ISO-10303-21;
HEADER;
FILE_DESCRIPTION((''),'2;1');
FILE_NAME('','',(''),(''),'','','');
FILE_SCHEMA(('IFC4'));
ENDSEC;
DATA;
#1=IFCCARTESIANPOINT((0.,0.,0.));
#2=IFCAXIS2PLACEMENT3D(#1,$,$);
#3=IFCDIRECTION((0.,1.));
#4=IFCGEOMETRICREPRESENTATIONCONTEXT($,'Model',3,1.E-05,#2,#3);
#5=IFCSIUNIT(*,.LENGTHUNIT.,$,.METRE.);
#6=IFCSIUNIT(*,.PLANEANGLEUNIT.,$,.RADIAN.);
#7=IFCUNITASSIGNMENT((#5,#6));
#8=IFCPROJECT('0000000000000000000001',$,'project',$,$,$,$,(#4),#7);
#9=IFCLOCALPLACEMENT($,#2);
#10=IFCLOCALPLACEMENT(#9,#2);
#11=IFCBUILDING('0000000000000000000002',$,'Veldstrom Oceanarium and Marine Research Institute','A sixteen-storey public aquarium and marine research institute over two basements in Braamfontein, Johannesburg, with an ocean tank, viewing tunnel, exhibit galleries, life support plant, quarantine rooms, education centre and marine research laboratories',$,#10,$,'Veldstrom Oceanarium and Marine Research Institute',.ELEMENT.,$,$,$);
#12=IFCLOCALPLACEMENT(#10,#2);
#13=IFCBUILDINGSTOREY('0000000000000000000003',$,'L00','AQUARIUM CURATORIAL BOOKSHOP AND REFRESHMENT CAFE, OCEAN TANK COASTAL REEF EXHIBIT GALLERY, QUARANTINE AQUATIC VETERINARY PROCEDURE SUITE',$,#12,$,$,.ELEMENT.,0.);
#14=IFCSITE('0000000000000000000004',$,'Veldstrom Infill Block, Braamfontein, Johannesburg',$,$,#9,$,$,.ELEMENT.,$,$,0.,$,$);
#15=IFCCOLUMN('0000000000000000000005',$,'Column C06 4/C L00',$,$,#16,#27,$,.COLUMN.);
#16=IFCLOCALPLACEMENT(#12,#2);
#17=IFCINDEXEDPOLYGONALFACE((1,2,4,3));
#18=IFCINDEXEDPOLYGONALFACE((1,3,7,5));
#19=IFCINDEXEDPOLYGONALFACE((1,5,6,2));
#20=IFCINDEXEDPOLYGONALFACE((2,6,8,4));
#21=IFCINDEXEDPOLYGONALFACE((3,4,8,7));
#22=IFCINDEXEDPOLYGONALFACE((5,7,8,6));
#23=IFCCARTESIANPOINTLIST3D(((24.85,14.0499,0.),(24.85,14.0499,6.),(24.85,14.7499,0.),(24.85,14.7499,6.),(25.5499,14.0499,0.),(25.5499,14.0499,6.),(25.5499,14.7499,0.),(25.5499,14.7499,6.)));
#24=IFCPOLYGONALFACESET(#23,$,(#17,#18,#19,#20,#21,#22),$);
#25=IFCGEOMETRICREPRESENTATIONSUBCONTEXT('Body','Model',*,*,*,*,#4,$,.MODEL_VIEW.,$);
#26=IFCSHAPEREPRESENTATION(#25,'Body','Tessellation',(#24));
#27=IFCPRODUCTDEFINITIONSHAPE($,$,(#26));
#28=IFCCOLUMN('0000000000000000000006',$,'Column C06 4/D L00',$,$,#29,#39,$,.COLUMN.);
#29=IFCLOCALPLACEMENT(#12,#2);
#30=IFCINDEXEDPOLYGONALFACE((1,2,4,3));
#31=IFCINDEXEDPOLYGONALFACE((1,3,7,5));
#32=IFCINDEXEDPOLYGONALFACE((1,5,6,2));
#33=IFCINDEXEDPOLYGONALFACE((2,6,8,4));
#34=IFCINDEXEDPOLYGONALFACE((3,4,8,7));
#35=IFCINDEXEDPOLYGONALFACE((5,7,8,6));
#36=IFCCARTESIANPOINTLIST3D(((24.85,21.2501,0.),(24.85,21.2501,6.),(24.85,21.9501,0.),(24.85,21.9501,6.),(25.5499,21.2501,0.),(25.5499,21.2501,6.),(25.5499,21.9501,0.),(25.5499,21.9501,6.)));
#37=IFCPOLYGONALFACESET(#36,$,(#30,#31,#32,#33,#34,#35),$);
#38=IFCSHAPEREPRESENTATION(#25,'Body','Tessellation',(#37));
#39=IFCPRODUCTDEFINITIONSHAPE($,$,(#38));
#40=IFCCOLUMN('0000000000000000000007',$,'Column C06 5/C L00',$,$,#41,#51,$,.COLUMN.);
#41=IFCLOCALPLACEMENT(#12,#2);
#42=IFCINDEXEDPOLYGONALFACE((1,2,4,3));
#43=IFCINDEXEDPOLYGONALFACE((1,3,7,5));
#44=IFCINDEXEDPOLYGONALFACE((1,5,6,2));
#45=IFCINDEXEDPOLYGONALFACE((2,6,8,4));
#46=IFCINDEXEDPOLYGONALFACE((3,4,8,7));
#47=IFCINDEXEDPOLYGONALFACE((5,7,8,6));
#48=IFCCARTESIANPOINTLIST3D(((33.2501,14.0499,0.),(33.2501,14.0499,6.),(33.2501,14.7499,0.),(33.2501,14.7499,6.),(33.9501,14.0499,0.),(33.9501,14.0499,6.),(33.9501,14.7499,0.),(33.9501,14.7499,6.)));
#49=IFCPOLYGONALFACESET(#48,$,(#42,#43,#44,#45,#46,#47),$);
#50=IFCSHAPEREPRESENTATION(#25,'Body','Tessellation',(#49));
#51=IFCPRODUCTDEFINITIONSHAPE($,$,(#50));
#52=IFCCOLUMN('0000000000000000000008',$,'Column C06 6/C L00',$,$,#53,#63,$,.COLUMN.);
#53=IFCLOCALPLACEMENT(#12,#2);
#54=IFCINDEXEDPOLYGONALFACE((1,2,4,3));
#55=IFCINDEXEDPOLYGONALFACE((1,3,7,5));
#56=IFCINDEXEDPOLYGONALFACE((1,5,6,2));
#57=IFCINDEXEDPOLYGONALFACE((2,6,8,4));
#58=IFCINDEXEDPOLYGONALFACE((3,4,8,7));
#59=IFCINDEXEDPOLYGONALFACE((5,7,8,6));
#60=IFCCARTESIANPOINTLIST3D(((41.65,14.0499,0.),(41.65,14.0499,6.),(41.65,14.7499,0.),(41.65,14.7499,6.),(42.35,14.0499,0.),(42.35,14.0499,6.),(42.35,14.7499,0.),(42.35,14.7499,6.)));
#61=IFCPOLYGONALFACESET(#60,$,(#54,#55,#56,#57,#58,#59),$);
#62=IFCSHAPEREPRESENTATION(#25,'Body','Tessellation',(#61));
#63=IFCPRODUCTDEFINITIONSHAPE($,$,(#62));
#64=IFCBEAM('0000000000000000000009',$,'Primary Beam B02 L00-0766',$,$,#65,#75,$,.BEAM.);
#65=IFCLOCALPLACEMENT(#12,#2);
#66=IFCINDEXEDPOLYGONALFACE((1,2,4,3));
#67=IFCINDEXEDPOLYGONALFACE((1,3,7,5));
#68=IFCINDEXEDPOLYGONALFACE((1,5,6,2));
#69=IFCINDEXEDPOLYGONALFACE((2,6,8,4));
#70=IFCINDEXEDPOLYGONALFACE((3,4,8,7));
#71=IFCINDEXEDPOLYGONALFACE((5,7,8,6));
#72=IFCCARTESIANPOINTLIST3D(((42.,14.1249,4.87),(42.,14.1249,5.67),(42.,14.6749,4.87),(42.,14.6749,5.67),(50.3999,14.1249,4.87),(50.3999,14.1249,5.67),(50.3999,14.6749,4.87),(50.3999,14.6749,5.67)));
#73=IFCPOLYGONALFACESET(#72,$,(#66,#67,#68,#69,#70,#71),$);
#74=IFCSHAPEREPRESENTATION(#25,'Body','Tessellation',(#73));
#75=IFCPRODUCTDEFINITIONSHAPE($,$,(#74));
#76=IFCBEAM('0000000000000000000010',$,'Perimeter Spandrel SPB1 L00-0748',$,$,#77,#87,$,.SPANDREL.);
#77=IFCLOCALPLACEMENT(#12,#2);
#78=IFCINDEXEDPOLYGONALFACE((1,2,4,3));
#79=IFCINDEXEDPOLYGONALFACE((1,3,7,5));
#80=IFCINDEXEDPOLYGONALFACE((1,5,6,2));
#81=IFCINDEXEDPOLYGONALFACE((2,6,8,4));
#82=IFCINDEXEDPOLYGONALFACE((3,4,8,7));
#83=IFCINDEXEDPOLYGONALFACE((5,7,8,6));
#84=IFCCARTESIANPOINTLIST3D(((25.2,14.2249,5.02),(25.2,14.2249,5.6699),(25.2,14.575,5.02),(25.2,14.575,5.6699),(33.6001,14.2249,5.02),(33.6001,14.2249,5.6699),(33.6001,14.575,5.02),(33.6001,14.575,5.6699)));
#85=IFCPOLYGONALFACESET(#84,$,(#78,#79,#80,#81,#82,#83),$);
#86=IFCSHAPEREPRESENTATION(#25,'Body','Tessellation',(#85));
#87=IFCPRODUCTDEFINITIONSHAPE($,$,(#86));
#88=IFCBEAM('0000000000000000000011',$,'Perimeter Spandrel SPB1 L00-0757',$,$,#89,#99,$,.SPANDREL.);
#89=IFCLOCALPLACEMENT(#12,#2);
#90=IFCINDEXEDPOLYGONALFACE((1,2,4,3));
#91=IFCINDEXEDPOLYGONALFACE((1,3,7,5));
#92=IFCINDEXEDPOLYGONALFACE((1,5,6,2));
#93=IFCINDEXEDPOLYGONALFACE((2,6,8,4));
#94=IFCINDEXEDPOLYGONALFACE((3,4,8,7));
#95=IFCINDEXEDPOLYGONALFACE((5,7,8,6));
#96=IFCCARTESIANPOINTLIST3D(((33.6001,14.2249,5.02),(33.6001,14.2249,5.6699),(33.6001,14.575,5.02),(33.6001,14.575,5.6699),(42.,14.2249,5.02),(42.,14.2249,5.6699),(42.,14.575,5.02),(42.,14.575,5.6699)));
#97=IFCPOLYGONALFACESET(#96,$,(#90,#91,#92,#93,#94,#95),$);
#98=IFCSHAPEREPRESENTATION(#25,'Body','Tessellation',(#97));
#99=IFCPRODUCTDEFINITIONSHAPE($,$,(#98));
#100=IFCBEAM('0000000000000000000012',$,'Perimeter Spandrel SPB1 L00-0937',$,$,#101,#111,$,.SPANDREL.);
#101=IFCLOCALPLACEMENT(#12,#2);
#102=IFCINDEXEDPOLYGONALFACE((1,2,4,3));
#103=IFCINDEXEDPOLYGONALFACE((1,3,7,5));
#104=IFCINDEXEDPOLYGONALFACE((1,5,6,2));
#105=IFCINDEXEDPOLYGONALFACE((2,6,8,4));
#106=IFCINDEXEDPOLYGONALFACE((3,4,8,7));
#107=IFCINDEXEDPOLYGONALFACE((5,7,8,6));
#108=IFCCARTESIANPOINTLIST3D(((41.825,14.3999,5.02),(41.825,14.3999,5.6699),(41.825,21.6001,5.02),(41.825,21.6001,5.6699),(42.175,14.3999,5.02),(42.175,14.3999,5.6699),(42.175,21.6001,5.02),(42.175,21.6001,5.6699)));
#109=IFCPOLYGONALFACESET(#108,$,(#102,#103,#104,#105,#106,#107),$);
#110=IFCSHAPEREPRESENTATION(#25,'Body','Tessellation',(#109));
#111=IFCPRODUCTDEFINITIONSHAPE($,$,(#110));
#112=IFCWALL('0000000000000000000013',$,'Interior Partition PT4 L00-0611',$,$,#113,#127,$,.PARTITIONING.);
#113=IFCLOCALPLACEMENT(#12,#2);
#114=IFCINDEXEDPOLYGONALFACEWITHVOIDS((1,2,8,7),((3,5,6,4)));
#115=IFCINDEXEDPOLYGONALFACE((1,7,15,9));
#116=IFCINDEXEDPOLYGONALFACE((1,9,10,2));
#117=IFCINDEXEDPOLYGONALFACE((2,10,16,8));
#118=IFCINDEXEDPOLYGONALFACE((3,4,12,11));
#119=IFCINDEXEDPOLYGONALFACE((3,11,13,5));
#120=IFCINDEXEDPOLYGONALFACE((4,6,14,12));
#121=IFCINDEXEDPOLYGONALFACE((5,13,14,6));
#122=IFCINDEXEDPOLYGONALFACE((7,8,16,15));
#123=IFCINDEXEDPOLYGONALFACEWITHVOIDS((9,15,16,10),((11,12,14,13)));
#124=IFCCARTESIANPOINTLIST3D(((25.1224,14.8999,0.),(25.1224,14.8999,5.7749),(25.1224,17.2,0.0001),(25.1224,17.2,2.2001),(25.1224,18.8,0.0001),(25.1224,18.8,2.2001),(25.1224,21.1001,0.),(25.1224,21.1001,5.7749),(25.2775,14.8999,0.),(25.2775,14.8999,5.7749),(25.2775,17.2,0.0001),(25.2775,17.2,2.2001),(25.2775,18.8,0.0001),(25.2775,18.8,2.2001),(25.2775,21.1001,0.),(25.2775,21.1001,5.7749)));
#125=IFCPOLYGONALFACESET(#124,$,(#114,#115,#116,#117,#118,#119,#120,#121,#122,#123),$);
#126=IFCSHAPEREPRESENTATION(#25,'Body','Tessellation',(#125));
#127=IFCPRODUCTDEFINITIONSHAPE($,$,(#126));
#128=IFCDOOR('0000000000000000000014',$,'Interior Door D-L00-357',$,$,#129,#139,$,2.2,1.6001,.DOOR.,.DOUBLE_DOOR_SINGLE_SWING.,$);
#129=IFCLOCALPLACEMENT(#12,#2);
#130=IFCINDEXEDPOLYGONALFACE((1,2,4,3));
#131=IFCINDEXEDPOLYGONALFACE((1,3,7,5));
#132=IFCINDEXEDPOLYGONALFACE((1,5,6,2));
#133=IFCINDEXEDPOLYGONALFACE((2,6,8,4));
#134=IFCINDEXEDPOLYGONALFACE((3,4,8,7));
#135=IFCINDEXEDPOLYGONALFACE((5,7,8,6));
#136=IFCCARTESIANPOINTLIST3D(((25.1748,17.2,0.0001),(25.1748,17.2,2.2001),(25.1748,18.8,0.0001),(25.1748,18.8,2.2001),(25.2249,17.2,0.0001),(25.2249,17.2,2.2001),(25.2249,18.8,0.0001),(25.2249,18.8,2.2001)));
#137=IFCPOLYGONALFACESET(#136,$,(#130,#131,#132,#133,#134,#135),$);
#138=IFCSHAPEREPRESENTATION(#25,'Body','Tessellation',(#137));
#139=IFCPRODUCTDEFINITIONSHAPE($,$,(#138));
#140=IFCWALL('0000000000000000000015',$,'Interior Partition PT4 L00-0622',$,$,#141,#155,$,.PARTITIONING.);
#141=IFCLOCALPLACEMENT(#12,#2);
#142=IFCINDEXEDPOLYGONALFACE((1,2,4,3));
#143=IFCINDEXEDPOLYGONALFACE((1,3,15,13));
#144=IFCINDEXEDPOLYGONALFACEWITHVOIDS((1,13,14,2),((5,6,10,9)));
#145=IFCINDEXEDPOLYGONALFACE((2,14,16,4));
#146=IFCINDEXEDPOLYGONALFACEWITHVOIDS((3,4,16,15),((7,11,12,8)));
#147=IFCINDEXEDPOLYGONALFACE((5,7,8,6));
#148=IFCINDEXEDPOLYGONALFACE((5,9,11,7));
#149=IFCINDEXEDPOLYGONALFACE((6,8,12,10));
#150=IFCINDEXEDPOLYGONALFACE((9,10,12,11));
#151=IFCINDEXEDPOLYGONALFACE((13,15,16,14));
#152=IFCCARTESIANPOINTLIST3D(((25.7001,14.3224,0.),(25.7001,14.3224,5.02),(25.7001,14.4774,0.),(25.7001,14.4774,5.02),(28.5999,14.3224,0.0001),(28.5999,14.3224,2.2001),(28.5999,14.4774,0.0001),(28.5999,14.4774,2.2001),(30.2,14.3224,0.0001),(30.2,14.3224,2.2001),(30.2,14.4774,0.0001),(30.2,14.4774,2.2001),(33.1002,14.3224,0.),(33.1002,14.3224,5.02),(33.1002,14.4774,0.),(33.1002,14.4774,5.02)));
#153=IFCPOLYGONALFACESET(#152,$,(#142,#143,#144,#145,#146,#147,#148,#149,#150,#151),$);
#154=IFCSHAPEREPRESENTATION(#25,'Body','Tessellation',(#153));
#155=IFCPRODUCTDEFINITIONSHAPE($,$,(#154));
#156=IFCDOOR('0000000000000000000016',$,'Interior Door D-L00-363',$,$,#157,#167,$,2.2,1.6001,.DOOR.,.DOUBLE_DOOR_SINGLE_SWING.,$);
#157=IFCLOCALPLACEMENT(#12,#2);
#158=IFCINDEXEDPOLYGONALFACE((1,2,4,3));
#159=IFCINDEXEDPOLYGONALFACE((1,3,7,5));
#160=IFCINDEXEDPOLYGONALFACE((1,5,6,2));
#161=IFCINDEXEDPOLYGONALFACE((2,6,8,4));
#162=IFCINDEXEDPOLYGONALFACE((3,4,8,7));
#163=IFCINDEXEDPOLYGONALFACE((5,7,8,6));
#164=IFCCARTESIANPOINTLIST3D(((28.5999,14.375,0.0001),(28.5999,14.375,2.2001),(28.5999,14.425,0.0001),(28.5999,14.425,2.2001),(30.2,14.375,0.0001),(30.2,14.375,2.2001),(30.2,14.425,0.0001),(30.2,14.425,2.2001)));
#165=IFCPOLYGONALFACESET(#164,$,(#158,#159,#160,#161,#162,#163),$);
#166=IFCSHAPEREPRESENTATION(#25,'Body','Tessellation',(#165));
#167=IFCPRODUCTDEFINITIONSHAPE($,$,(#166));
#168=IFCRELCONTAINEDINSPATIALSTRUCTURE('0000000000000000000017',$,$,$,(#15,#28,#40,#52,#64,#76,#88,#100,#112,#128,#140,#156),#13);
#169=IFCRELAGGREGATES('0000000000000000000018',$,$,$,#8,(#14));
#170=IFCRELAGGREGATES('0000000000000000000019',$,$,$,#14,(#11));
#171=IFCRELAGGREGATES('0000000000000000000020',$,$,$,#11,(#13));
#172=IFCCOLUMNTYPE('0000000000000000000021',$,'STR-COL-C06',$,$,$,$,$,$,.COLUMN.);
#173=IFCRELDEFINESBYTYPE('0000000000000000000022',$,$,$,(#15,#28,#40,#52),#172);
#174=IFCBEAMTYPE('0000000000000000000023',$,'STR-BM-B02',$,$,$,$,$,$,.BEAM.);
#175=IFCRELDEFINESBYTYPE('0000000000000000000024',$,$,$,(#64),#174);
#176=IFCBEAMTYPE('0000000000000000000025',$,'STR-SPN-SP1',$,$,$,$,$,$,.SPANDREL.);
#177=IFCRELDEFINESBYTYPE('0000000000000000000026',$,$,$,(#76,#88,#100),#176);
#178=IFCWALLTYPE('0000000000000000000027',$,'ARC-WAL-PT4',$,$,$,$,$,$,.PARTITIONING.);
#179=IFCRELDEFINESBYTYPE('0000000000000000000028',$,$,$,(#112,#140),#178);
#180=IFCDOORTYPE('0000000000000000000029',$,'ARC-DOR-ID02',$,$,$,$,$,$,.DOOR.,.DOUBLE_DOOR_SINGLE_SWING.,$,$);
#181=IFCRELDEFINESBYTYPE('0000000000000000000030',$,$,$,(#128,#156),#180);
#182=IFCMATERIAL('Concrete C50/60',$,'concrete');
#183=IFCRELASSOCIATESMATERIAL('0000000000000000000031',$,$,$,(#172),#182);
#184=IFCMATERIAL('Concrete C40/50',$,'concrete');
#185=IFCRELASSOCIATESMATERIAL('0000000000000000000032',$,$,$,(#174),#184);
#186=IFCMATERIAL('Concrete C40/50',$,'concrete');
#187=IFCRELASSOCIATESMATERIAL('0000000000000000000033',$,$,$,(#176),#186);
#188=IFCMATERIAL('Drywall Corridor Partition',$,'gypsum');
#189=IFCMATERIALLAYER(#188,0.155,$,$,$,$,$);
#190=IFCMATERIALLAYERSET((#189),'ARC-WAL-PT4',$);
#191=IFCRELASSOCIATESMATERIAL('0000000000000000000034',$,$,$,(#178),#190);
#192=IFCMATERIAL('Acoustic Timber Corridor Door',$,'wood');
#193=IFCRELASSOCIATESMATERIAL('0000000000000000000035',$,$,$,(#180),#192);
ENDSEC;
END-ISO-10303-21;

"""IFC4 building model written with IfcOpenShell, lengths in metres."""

from ifc_helpers import new_model, si_unit, direction, frame, frame_2d, origin, origin_2d, place, context, subcontext, project, spatial, rectangle, extrude, material, layer, layer_set, material_profile, profile_set, type_object, element, fill, save


model = new_model("IFC4")

# Units and contexts
model_context = context("Model", 3, precision=1e-05, world=origin(), true_north=direction((0.0, 1.0)))
body_context = subcontext(model_context, "Body", "Model", "MODEL_VIEW")
ifc_project = project(units=[si_unit("LENGTHUNIT", "METRE"), si_unit("PLANEANGLEUNIT", "RADIAN")], contexts=[model_context])

# Site, building, storey
site_placement = place(None, origin())
site = spatial("IfcSite", under=ifc_project, at=site_placement, Name="Veldstrom Infill Block, Braamfontein, Johannesburg", CompositionType="ELEMENT", RefElevation=0.0)
building_placement = place(site_placement, origin())
building = spatial("IfcBuilding", under=site, at=building_placement, Name="Veldstrom Oceanarium and Marine Research Institute", Description="A sixteen-storey public aquarium and marine research institute over two basements in Braamfontein, Johannesburg, with an ocean tank, viewing tunnel, exhibit galleries, life support plant, quarantine rooms, education centre and marine research laboratories", LongName="Veldstrom Oceanarium and Marine Research Institute", CompositionType="ELEMENT")
storey_placement = place(building_placement, origin())
storey = spatial("IfcBuildingStorey", under=building, at=storey_placement, Name="L00", Description="AQUARIUM CURATORIAL BOOKSHOP AND REFRESHMENT CAFE, OCEAN TANK COASTAL REEF EXHIBIT GALLERY, QUARANTINE AQUATIC VETERINARY PROCEDURE SUITE", CompositionType="ELEMENT", Elevation=0.0)

# Columns
ifc_material_1 = material(Name="Concrete C50/60", Category="concrete")
ifc_material_profile_1 = material_profile(ifc_material_1, rectangle(XDim=0.7, YDim=0.7, at=origin_2d()), Name="RC-COL-700x700")
ifc_profile_set_1 = profile_set([ifc_material_profile_1], Name="Concrete C50/60")
column_type = type_object("IfcColumnType", Name="STR-COL-C06", PredefinedType="COLUMN", material=ifc_profile_set_1)
for number, where, z_axis, x_axis, name in (
    (1, (25.2, 14.3999, 0.0), (0.0, 0.0, 1.0), (1.0, 0.0, 0.0), "Column C06 4/C L00"),
    (2, (25.2, 21.6001, 0.0), (0.0, 0.0, 1.0), (1.0, 0.0, 0.0), "Column C06 4/D L00"),
    (3, (33.6001, 14.3999, 0.0), (0.0, 0.0, 1.0), (1.0, 0.0, 0.0), "Column C06 5/C L00"),
    (4, (42.0, 14.3999, 0.0), (0.0, 0.0, 1.0), (1.0, 0.0, 0.0), "Column C06 6/C L00"),
):
    element("IfcColumn", number, at=place(storey_placement, frame(where, z_axis=z_axis, x_axis=x_axis)), inside=storey, type_object=column_type, Name=name, PredefinedType="COLUMN", context=body_context, shape_type="SweptSolid", body=[
        extrude(rectangle(XDim=0.7, YDim=0.7, at=origin_2d()), origin(), (0.0, 0.0, 1.0), 6.0),
    ])

# Beams
ifc_material_2 = material(Name="Concrete C40/50", Category="concrete")
ifc_material_profile_2 = material_profile(ifc_material_2, rectangle(XDim=0.55, YDim=0.8, at=origin_2d()), Name="RC-BM-550x800")
ifc_profile_set_2 = profile_set([ifc_material_profile_2], Name="Concrete C40/50")
beam_type_1 = type_object("IfcBeamType", Name="STR-BM-B02", PredefinedType="BEAM", material=ifc_profile_set_2)
beam_1_placement = place(storey_placement, frame((42.0, 14.3999, 5.27), z_axis=(1.0, 0.0, 0.0), x_axis=(0.0, 1.0, 0.0)))
element("IfcBeam", 5, at=beam_1_placement, inside=storey, type_object=beam_type_1, Name="Primary Beam B02 L00-0766", PredefinedType="BEAM", context=body_context, shape_type="SweptSolid", body=[
    extrude(rectangle(XDim=0.55, YDim=0.8, at=origin_2d()), origin(), (0.0, 0.0, 1.0), 8.3999),
])
ifc_material_3 = material(Name="Concrete C40/50", Category="concrete")
ifc_material_profile_3 = material_profile(ifc_material_3, rectangle(XDim=0.3501, YDim=0.6499, at=origin_2d()), Name="RC-SPN-350x650")
ifc_profile_set_3 = profile_set([ifc_material_profile_3], Name="Concrete C40/50")
beam_type_2 = type_object("IfcBeamType", Name="STR-SPN-SP1", PredefinedType="SPANDREL", material=ifc_profile_set_3)
beam_2_placement = place(storey_placement, frame((25.2, 14.3999, 5.345), z_axis=(1.0, 0.0, 0.0), x_axis=(0.0, 1.0, 0.0)))
element("IfcBeam", 6, at=beam_2_placement, inside=storey, type_object=beam_type_2, Name="Perimeter Spandrel SPB1 L00-0748", PredefinedType="SPANDREL", context=body_context, shape_type="SweptSolid", body=[
    extrude(rectangle(XDim=0.3501, YDim=0.6499, at=origin_2d()), origin(), (0.0, 0.0, 1.0), 8.4001),
])
beam_3_placement = place(storey_placement, frame((33.6001, 14.3999, 5.345), z_axis=(1.0, 0.0, 0.0), x_axis=(0.0, 1.0, 0.0)))
element("IfcBeam", 7, at=beam_3_placement, inside=storey, type_object=beam_type_2, Name="Perimeter Spandrel SPB1 L00-0757", PredefinedType="SPANDREL", context=body_context, shape_type="SweptSolid", body=[
    extrude(rectangle(XDim=0.3501, YDim=0.6499, at=origin_2d()), origin(), (0.0, 0.0, 1.0), 8.3999),
])
beam_4_placement = place(storey_placement, frame((42.0, 14.3999, 5.345), z_axis=(0.0, 1.0, 0.0), x_axis=(-1.0, 0.0, 0.0)))
element("IfcBeam", 8, at=beam_4_placement, inside=storey, type_object=beam_type_2, Name="Perimeter Spandrel SPB1 L00-0937", PredefinedType="SPANDREL", context=body_context, shape_type="SweptSolid", body=[
    extrude(rectangle(XDim=0.3501, YDim=0.6499, at=origin_2d()), origin(), (0.0, 0.0, 1.0), 7.2002),
])

# Walls, openings, doors
ifc_material_4 = material(Name="Drywall Corridor Partition", Category="gypsum")
ifc_layer_1 = layer(ifc_material_4, 0.155)
ifc_layer_set_1 = layer_set([ifc_layer_1], Name="ARC-WAL-PT4")
wall_type_1 = type_object("IfcWallType", Name="ARC-WAL-PT4", PredefinedType="PARTITIONING", material=ifc_layer_set_1)
wall_1_placement = place(storey_placement, frame((25.2, 14.8999, 0.0), z_axis=(0.0, 0.0, 1.0), x_axis=(0.0, 1.0, 0.0)))
wall_1 = element("IfcWall", 9, at=wall_1_placement, inside=storey, type_object=wall_type_1, Name="Interior Partition PT4 L00-0611", PredefinedType="PARTITIONING", context=body_context, shape_type="SweptSolid", body=[
    extrude(rectangle(XDim=6.2002, YDim=0.155, at=frame_2d((3.1001, 0.0))), origin(), (0.0, 0.0, 1.0), 5.7749),
])
opening_1_placement = place(wall_1_placement, frame((2.3, 0.0, 0.0)))
opening_1 = element("IfcOpeningElement", 10, at=opening_1_placement, cuts=wall_1, PredefinedType="OPENING", context=body_context, shape_type="SweptSolid", body=[
    extrude(rectangle(XDim=1.6001, YDim=2.2, at=frame_2d((0.8, 1.1001))), frame((0.0, 0.0874, 0.0), z_axis=(0.0, -1.0, 0.0), x_axis=(1.0, 0.0, 0.0)), (0.0, 0.0, 1.0), 0.175),
])
ifc_material_5 = material(Name="Acoustic Timber Corridor Door", Category="wood")
door_type_1 = type_object("IfcDoorType", Name="ARC-DOR-ID02", OperationType="DOUBLE_DOOR_SINGLE_SWING", PredefinedType="DOOR", material=ifc_material_5)
door_1_placement = place(opening_1_placement, frame((1.6001, 0.0, 0.0), z_axis=(0.0, 0.0, 1.0), x_axis=(-1.0, 0.0, 0.0)))
door_1 = element("IfcDoor", 11, at=door_1_placement, inside=storey, type_object=door_type_1, Name="Interior Door D-L00-357", OperationType="DOUBLE_DOOR_SINGLE_SWING", OverallHeight=2.2, OverallWidth=1.6001, PredefinedType="DOOR", context=body_context, shape_type="SweptSolid", body=[
    extrude(rectangle(XDim=1.6001, YDim=2.2, at=frame_2d((0.8, 1.1001))), frame((0.0, 0.0249, 0.0), z_axis=(0.0, -1.0, 0.0), x_axis=(1.0, 0.0, 0.0)), (0.0, 0.0, 1.0), 0.05),
])
fill(opening_1, door_1)
wall_2_placement = place(storey_placement, frame((25.7, 14.3999, 0.0), z_axis=(0.0, 0.0, 1.0), x_axis=(1.0, 0.0, 0.0)))
wall_2 = element("IfcWall", 12, at=wall_2_placement, inside=storey, type_object=wall_type_1, Name="Interior Partition PT4 L00-0622", PredefinedType="PARTITIONING", context=body_context, shape_type="SweptSolid", body=[
    extrude(rectangle(XDim=7.4001, YDim=0.155, at=frame_2d((3.7002, 0.0))), origin(), (0.0, 0.0, 1.0), 5.02),
])
opening_2_placement = place(wall_2_placement, frame((2.8999, 0.0, 0.0)))
opening_2 = element("IfcOpeningElement", 13, at=opening_2_placement, cuts=wall_2, PredefinedType="OPENING", context=body_context, shape_type="SweptSolid", body=[
    extrude(rectangle(XDim=1.6001, YDim=2.2, at=frame_2d((0.8, 1.1001))), frame((0.0, 0.0874, 0.0), z_axis=(0.0, -1.0, 0.0), x_axis=(1.0, 0.0, 0.0)), (0.0, 0.0, 1.0), 0.175),
])
door_2_placement = place(opening_2_placement, frame((1.6001, 0.0, 0.0), z_axis=(0.0, 0.0, 1.0), x_axis=(-1.0, 0.0, 0.0)))
door_2 = element("IfcDoor", 14, at=door_2_placement, inside=storey, type_object=door_type_1, Name="Interior Door D-L00-363", OperationType="DOUBLE_DOOR_SINGLE_SWING", OverallHeight=2.2, OverallWidth=1.6001, PredefinedType="DOOR", context=body_context, shape_type="SweptSolid", body=[
    extrude(rectangle(XDim=1.6001, YDim=2.2, at=frame_2d((0.8, 1.1001))), frame((0.0, 0.0249, 0.0), z_axis=(0.0, -1.0, 0.0), x_axis=(1.0, 0.0, 0.0)), (0.0, 0.0, 1.0), 0.05),
])
fill(opening_2, door_2)

save(model, "model.ifc")
